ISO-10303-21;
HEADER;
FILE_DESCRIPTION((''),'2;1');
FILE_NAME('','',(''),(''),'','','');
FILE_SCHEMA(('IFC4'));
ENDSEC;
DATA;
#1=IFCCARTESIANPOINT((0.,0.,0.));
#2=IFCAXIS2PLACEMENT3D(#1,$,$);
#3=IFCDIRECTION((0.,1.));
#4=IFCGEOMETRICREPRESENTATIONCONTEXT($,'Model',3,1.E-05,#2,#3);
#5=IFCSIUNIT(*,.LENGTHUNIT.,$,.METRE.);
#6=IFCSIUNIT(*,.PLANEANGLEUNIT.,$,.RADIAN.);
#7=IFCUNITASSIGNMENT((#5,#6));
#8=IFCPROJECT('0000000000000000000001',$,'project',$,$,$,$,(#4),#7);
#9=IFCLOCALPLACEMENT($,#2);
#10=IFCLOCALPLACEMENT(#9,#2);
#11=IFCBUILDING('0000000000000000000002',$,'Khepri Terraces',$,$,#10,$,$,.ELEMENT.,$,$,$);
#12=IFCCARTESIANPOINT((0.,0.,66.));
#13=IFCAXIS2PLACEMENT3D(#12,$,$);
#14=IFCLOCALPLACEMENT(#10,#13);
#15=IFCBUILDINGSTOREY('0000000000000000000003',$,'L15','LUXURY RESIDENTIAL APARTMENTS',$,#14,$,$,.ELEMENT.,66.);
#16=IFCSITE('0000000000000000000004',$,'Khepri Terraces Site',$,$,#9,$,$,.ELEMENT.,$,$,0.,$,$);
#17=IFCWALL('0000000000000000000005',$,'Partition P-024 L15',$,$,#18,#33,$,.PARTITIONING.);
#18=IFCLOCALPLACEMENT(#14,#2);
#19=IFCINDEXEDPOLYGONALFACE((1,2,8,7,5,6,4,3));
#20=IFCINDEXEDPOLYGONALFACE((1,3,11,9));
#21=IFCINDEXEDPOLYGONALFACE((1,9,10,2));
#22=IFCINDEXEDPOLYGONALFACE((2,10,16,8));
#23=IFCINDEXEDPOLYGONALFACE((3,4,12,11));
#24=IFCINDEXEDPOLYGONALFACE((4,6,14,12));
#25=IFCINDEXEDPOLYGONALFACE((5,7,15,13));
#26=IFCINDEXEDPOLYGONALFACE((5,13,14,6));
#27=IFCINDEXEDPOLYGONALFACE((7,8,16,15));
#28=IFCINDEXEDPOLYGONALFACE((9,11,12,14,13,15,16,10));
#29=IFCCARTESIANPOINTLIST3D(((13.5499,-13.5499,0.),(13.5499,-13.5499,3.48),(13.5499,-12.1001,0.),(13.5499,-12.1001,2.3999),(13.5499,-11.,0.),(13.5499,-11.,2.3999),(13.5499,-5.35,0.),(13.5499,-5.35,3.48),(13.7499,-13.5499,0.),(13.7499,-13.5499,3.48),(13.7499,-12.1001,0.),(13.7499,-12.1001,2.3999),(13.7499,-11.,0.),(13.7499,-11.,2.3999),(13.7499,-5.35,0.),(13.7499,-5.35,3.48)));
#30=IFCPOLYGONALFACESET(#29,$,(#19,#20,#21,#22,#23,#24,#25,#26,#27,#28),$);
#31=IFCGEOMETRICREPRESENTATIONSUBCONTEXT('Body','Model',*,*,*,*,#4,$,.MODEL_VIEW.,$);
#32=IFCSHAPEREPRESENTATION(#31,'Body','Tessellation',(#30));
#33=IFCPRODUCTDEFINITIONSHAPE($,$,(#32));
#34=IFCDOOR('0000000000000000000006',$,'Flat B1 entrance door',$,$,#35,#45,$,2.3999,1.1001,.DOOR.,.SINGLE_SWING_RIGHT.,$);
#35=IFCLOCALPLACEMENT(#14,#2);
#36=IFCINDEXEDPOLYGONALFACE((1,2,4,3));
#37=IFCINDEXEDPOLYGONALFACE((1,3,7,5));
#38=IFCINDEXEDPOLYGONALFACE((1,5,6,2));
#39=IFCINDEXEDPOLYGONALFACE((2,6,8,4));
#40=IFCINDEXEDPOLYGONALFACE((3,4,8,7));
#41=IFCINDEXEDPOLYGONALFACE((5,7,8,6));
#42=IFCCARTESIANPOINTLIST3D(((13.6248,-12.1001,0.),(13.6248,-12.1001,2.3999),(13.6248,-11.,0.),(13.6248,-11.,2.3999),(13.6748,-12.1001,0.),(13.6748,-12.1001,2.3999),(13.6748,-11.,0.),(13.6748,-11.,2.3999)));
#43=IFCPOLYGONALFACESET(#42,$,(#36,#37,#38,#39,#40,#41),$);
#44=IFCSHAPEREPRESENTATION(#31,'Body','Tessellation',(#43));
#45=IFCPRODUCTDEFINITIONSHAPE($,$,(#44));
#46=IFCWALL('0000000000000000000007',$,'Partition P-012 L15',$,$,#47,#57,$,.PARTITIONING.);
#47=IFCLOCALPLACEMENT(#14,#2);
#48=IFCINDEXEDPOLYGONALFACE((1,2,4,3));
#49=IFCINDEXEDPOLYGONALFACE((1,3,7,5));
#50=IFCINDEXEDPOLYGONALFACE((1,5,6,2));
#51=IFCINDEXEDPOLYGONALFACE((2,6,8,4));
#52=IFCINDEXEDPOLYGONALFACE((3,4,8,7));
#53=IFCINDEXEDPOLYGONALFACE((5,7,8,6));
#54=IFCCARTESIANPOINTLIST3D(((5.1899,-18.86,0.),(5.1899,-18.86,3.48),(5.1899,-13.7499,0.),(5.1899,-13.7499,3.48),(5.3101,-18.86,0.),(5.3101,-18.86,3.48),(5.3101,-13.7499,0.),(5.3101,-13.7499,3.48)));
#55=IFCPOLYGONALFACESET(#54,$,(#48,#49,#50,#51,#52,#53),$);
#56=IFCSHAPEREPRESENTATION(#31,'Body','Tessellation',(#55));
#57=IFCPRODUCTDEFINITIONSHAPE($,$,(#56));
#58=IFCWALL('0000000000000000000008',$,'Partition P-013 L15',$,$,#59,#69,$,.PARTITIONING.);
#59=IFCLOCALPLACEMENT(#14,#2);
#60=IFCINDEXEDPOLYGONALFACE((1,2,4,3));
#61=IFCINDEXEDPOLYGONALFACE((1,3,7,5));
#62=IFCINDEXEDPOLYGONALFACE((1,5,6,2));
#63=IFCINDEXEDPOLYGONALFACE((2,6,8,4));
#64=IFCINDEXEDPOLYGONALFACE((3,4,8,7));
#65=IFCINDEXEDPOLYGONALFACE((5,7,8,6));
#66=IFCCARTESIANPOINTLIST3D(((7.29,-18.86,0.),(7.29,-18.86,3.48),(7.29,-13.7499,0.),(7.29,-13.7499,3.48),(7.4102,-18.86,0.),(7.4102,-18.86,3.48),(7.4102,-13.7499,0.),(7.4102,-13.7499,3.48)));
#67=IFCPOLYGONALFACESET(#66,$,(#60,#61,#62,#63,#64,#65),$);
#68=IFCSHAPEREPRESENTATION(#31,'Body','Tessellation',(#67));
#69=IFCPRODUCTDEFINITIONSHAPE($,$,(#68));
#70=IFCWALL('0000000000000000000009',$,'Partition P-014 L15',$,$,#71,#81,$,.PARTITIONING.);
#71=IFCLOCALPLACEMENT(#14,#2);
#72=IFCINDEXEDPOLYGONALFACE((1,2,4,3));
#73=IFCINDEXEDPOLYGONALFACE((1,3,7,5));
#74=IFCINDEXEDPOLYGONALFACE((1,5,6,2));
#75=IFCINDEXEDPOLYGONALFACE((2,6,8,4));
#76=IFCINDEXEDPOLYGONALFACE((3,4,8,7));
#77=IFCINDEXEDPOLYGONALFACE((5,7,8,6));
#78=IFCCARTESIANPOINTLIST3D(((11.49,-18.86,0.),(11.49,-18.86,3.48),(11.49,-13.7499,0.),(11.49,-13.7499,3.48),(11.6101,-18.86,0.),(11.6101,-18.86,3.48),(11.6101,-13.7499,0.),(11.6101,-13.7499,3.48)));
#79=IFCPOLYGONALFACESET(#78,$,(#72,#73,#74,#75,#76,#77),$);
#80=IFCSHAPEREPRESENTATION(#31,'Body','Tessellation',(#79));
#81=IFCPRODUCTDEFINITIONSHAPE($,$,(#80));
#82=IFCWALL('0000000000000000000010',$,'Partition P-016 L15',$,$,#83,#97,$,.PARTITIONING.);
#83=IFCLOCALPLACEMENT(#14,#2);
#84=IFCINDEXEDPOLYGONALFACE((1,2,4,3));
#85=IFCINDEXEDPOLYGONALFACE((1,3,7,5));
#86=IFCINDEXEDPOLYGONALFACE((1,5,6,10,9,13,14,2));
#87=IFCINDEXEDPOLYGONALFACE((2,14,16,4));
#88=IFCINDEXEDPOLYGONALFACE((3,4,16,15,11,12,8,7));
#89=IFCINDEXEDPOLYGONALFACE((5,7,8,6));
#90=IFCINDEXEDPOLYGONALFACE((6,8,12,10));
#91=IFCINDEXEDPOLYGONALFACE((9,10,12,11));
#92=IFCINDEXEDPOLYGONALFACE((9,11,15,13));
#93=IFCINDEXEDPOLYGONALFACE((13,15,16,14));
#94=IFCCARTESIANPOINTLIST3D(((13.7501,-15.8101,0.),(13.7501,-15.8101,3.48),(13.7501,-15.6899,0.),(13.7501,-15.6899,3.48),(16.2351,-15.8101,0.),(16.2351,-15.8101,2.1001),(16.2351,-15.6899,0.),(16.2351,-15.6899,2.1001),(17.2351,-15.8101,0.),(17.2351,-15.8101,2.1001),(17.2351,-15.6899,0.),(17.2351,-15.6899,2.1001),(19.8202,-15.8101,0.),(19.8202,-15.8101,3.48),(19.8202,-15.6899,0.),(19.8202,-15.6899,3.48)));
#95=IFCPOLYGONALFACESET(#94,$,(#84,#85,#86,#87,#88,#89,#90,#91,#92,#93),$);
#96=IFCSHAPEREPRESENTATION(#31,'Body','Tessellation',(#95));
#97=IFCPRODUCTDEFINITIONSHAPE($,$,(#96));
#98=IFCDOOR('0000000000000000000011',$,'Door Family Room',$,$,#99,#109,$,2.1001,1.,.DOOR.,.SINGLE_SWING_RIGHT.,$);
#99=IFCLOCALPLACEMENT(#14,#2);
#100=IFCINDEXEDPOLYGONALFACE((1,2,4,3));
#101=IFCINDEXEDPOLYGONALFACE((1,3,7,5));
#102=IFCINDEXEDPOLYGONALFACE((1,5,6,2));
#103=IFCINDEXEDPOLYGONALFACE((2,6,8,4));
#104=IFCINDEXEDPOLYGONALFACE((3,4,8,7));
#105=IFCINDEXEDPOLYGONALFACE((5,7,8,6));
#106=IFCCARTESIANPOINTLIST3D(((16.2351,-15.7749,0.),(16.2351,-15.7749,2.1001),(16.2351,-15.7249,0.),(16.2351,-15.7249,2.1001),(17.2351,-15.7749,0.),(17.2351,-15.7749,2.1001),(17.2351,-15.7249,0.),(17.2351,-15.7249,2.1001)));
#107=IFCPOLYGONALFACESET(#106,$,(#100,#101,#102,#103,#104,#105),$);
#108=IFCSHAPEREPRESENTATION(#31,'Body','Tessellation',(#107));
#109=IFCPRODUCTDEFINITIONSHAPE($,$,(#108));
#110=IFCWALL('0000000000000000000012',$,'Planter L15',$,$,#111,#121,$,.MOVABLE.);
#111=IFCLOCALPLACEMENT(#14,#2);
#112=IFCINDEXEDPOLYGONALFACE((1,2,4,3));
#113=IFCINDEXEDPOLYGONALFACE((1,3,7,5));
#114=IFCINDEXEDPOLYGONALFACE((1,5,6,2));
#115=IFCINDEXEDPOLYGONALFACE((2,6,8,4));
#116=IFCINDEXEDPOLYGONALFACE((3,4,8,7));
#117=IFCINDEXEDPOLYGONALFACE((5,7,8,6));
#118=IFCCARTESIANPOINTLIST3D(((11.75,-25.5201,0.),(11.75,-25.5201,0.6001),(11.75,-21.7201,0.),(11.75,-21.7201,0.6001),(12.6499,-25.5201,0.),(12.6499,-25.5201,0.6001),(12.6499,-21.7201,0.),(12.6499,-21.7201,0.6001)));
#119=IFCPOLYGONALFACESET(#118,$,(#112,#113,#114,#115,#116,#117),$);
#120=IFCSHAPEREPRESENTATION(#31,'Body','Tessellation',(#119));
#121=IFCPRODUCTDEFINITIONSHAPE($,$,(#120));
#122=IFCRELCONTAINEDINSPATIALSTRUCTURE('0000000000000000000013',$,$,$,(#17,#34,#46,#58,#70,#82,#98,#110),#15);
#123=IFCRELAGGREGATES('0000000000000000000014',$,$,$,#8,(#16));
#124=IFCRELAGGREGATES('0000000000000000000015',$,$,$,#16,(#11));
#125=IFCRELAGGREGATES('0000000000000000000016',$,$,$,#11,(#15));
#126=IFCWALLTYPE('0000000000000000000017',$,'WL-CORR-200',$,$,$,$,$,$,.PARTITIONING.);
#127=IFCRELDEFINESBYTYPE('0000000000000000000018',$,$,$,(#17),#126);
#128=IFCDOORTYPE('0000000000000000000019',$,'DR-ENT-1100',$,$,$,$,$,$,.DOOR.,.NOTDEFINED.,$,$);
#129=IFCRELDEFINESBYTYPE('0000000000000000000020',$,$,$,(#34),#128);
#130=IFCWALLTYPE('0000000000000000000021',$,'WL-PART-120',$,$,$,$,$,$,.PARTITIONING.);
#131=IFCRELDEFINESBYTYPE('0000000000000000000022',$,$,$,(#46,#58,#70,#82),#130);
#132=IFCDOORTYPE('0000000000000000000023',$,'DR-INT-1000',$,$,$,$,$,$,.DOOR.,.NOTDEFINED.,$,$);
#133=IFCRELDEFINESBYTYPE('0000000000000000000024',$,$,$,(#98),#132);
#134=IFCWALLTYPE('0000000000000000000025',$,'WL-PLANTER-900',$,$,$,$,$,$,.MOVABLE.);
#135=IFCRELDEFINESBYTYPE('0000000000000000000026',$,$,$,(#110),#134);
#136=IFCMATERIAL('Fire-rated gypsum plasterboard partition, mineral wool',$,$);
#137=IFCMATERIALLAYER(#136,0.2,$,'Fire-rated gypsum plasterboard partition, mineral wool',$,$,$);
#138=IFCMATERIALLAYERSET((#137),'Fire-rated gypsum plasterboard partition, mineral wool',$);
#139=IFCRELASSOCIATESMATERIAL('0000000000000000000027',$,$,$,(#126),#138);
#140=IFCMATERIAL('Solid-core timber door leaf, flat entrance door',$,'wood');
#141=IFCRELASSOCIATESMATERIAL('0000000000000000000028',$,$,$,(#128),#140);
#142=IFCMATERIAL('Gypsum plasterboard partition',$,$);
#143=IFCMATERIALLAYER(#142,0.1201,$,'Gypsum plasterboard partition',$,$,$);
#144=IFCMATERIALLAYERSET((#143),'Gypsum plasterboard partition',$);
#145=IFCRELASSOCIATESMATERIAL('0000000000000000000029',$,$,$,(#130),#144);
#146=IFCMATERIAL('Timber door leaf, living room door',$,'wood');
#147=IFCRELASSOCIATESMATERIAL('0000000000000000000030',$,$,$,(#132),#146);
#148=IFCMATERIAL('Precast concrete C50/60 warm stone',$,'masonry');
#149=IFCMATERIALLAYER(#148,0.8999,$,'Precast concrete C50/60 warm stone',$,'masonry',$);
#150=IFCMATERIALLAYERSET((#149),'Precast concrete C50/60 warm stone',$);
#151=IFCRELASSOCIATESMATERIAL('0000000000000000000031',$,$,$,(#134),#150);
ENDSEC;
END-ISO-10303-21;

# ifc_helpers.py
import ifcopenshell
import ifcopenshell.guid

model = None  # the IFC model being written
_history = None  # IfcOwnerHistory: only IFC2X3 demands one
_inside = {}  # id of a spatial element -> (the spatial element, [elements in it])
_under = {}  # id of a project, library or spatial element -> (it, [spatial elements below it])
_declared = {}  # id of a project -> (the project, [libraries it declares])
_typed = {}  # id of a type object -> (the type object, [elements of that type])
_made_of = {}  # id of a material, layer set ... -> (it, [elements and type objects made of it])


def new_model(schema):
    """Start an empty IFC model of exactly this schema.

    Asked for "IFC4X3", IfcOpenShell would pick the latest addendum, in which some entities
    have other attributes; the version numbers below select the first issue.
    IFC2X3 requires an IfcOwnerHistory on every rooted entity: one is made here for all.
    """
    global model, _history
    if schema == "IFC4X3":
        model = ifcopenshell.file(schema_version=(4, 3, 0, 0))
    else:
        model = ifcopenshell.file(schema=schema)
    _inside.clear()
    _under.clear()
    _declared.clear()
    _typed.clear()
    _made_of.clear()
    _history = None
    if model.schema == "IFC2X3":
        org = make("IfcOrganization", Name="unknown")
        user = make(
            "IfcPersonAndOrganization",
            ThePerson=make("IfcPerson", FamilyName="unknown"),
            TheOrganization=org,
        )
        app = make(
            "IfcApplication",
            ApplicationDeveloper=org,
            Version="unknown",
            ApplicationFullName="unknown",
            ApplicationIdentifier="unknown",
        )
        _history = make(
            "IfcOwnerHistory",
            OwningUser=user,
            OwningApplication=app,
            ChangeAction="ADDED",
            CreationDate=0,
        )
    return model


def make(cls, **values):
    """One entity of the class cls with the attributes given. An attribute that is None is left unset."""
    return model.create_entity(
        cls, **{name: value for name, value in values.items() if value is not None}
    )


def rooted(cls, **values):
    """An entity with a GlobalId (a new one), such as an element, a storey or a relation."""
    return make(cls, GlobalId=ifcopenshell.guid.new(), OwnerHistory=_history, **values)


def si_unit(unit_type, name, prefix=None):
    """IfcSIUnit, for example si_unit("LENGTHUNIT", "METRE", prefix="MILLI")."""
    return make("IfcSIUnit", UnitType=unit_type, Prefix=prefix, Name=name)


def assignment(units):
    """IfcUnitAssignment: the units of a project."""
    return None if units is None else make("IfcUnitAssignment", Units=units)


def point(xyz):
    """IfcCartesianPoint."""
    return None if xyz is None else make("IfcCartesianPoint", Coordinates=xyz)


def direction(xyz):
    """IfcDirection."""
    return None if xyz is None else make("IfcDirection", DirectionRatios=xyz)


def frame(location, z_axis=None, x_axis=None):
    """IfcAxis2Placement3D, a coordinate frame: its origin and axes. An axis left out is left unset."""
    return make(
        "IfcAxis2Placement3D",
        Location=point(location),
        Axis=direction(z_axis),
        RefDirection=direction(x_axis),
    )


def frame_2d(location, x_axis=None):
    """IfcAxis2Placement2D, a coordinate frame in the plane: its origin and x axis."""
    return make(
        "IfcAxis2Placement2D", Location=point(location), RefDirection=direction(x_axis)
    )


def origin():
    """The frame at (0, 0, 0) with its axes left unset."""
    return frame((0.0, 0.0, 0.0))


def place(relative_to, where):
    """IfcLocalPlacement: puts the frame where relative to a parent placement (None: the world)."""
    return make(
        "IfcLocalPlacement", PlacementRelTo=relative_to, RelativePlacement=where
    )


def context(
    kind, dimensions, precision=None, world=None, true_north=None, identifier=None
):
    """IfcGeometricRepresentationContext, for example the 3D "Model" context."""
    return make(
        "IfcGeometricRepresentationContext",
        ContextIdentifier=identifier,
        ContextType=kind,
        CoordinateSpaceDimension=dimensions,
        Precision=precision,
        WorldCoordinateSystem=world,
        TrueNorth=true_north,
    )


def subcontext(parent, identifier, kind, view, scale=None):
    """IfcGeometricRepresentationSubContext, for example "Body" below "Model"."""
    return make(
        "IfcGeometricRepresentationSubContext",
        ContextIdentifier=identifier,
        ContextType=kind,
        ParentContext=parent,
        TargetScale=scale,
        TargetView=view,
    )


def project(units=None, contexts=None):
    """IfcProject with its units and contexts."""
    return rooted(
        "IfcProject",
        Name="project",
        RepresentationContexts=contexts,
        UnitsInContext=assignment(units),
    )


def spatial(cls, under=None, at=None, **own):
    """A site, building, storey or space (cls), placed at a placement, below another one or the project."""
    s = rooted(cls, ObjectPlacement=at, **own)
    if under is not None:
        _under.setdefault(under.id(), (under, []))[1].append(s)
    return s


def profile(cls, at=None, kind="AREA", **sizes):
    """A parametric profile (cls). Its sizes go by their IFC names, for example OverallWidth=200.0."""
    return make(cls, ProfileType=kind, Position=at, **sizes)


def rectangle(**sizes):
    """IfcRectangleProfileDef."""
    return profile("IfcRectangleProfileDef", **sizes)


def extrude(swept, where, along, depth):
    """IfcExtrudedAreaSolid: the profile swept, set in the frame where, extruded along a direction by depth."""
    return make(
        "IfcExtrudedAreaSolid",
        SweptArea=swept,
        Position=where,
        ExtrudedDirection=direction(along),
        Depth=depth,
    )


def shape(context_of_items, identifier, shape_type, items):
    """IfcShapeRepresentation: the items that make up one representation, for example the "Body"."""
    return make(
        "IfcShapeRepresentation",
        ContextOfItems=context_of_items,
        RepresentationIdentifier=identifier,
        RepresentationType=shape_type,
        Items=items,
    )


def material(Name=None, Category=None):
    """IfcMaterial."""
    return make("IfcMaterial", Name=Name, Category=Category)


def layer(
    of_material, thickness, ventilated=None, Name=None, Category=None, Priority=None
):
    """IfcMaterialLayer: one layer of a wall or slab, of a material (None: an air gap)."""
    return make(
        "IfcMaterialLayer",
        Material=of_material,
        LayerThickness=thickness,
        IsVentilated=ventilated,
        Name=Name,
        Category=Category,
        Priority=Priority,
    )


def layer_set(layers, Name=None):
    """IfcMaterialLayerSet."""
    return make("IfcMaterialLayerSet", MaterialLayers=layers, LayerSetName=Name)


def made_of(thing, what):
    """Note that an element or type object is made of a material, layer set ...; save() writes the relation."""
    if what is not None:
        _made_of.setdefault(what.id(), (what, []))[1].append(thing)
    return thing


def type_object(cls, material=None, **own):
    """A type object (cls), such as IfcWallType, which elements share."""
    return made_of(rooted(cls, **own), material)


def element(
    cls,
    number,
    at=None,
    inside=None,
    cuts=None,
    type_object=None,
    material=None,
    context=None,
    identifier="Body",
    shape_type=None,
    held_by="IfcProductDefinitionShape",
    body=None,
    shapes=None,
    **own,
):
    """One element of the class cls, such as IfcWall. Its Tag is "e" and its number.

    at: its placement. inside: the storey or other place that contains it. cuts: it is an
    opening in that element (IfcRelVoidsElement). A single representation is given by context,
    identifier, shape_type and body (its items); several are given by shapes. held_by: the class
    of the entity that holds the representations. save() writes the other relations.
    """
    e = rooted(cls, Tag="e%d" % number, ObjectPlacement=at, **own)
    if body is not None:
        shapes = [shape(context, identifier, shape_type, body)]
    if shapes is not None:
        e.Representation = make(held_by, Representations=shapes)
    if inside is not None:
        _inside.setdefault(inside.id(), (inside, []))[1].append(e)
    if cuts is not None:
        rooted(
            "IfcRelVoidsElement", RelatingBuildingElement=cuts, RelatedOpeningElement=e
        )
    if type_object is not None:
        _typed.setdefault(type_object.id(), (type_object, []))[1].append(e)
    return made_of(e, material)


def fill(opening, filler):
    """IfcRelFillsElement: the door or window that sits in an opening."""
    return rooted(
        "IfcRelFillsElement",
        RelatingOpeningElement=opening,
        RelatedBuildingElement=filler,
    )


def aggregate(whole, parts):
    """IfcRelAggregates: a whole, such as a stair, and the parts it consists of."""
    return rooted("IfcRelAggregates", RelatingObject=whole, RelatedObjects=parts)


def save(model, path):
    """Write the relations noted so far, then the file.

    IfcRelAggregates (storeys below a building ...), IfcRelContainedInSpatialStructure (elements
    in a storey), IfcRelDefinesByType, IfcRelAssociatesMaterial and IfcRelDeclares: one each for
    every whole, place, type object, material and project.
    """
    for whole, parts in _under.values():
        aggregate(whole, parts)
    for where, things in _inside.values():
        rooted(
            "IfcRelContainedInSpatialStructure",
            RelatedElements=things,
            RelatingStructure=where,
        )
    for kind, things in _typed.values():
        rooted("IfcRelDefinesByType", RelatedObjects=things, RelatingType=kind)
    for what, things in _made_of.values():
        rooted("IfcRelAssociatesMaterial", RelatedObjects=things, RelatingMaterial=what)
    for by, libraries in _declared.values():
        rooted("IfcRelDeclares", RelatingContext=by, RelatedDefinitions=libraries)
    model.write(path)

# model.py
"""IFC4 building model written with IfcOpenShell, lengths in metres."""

from ifc_helpers import new_model, si_unit, direction, frame, frame_2d, origin, place, context, subcontext, project, spatial, rectangle, extrude, material, layer, layer_set, type_object, element, fill, save


model = new_model("IFC4")

# Units and contexts
model_context = context("Model", 3, precision=1e-05, world=origin(), true_north=direction((0.0, 1.0)))
body_context = subcontext(model_context, "Body", "Model", "MODEL_VIEW")
ifc_project = project(units=[si_unit("LENGTHUNIT", "METRE"), si_unit("PLANEANGLEUNIT", "RADIAN")], contexts=[model_context])

# Site, building, storey
site_placement = place(None, origin())
site = spatial("IfcSite", under=ifc_project, at=site_placement, Name="Khepri Terraces Site", CompositionType="ELEMENT", RefElevation=0.0)
building_placement = place(site_placement, origin())
building = spatial("IfcBuilding", under=site, at=building_placement, Name="Khepri Terraces", CompositionType="ELEMENT")
storey_placement = place(building_placement, frame((0.0, 0.0, 66.0)))
storey = spatial("IfcBuildingStorey", under=building, at=storey_placement, Name="L15", Description="LUXURY RESIDENTIAL APARTMENTS", CompositionType="ELEMENT", Elevation=66.0)

# Shared definitions
ifc_material_1 = material(Name="Fire-rated gypsum plasterboard partition, mineral wool")
ifc_layer_1 = layer(ifc_material_1, 0.2, Name="Fire-rated gypsum plasterboard partition, mineral wool")
ifc_layer_set_1 = layer_set([ifc_layer_1], Name="Fire-rated gypsum plasterboard partition, mineral wool")
wall_type_1 = type_object("IfcWallType", Name="WL-CORR-200", PredefinedType="PARTITIONING", material=ifc_layer_set_1)

# Wall, opening, door
wall_1_placement = place(storey_placement, frame((13.6499, -13.55, 0.0), z_axis=(0.0, 0.0, 1.0), x_axis=(0.0, 1.0, 0.0)))
wall_1 = element("IfcWall", 1, at=wall_1_placement, inside=storey, type_object=wall_type_1, Name="Partition P-024 L15", PredefinedType="PARTITIONING", context=body_context, shape_type="SweptSolid", body=[
    extrude(rectangle(XDim=8.2, YDim=0.2, at=frame_2d((4.1001, 0.0))), origin(), (0.0, 0.0, 1.0), 3.48),
])
opening_1_placement = place(wall_1_placement, frame((1.45, 0.0, 0.0)))
opening_1 = element("IfcOpeningElement", 2, at=opening_1_placement, cuts=wall_1, PredefinedType="OPENING", context=body_context, shape_type="SweptSolid", body=[
    extrude(rectangle(XDim=1.1001, YDim=2.3999, at=frame_2d((0.55, 1.2))), frame((0.0, 0.1099, 0.0), z_axis=(0.0, -1.0, 0.0), x_axis=(1.0, 0.0, 0.0)), (0.0, 0.0, 1.0), 0.22),
])
ifc_material_2 = material(Name="Solid-core timber door leaf, flat entrance door", Category="wood")
door_type_1 = type_object("IfcDoorType", Name="DR-ENT-1100", OperationType="NOTDEFINED", PredefinedType="DOOR", material=ifc_material_2)
door_1_placement = place(opening_1_placement, frame((1.1001, 0.0, 0.0), z_axis=(0.0, 0.0, 1.0), x_axis=(-1.0, 0.0, 0.0)))
door_1 = element("IfcDoor", 3, at=door_1_placement, inside=storey, type_object=door_type_1, Name="Flat B1 entrance door", OperationType="SINGLE_SWING_RIGHT", OverallHeight=2.3999, OverallWidth=1.1001, PredefinedType="DOOR", context=body_context, shape_type="SweptSolid", body=[
    extrude(rectangle(XDim=1.1001, YDim=2.3999, at=frame_2d((0.55, 1.2))), frame((0.0, 0.0249, 0.0), z_axis=(0.0, -1.0, 0.0), x_axis=(1.0, 0.0, 0.0)), (0.0, 0.0, 1.0), 0.05),
])
fill(opening_1, door_1)

# Walls
ifc_material_3 = material(Name="Gypsum plasterboard partition")
ifc_layer_2 = layer(ifc_material_3, 0.1201, Name="Gypsum plasterboard partition")
ifc_layer_set_2 = layer_set([ifc_layer_2], Name="Gypsum plasterboard partition")
wall_type_2 = type_object("IfcWallType", Name="WL-PART-120", PredefinedType="PARTITIONING", material=ifc_layer_set_2)
for number, where, z_axis, x_axis, name in (
    (4, (5.25, -18.8601, 0.0), (0.0, 0.0, 1.0), (0.0, 1.0, 0.0), "Partition P-012 L15"),
    (5, (7.3501, -18.8601, 0.0), (0.0, 0.0, 1.0), (0.0, 1.0, 0.0), "Partition P-013 L15"),
    (6, (11.55, -18.8601, 0.0), (0.0, 0.0, 1.0), (0.0, 1.0, 0.0), "Partition P-014 L15"),
):
    element("IfcWall", number, at=place(storey_placement, frame(where, z_axis=z_axis, x_axis=x_axis)), inside=storey, type_object=wall_type_2, Name=name, PredefinedType="PARTITIONING", context=body_context, shape_type="SweptSolid", body=[
        extrude(rectangle(XDim=5.1101, YDim=0.1201, at=frame_2d((2.5552, 0.0))), origin(), (0.0, 0.0, 1.0), 3.48),
    ])

# Wall, opening, door
wall_2_placement = place(storey_placement, frame((13.75, -15.75, 0.0), z_axis=(0.0, 0.0, 1.0), x_axis=(1.0, 0.0, 0.0)))
wall_2 = element("IfcWall", 7, at=wall_2_placement, inside=storey, type_object=wall_type_2, Name="Partition P-016 L15", PredefinedType="PARTITIONING", context=body_context, shape_type="SweptSolid", body=[
    extrude(rectangle(XDim=6.0701, YDim=0.1201, at=frame_2d((3.0352, 0.0))), origin(), (0.0, 0.0, 1.0), 3.48),
])
opening_2_placement = place(wall_2_placement, frame((2.4851, 0.0, 0.0)))
opening_2 = element("IfcOpeningElement", 8, at=opening_2_placement, cuts=wall_2, PredefinedType="OPENING", context=body_context, shape_type="SweptSolid", body=[
    extrude(rectangle(XDim=1.0, YDim=2.1001, at=frame_2d((0.5, 1.05))), frame((0.0, 0.0701, 0.0), z_axis=(0.0, -1.0, 0.0), x_axis=(1.0, 0.0, 0.0)), (0.0, 0.0, 1.0), 0.1401),
])
ifc_material_4 = material(Name="Timber door leaf, living room door", Category="wood")
door_type_2 = type_object("IfcDoorType", Name="DR-INT-1000", OperationType="NOTDEFINED", PredefinedType="DOOR", material=ifc_material_4)
door_2_placement = place(opening_2_placement, frame((1.0, 0.0, 0.0), z_axis=(0.0, 0.0, 1.0), x_axis=(-1.0, 0.0, 0.0)))
door_2 = element("IfcDoor", 9, at=door_2_placement, inside=storey, type_object=door_type_2, Name="Door Family Room", OperationType="SINGLE_SWING_RIGHT", OverallHeight=2.1001, OverallWidth=1.0, PredefinedType="DOOR", context=body_context, shape_type="SweptSolid", body=[
    extrude(rectangle(XDim=1.0, YDim=2.1001, at=frame_2d((0.5, 1.05))), frame((0.0, 0.0249, 0.0), z_axis=(0.0, -1.0, 0.0), x_axis=(1.0, 0.0, 0.0)), (0.0, 0.0, 1.0), 0.05),
])
fill(opening_2, door_2)

# Wall
ifc_material_5 = material(Name="Precast concrete C50/60 warm stone", Category="masonry")
ifc_layer_3 = layer(ifc_material_5, 0.8999, Name="Precast concrete C50/60 warm stone", Category="masonry")
ifc_layer_set_3 = layer_set([ifc_layer_3], Name="Precast concrete C50/60 warm stone")
wall_type_3 = type_object("IfcWallType", Name="WL-PLANTER-900", PredefinedType="MOVABLE", material=ifc_layer_set_3)
wall_3_placement = place(storey_placement, frame((12.2, -25.52, 0.0), z_axis=(0.0, 0.0, 1.0), x_axis=(0.0, 1.0, 0.0)))
element("IfcWall", 10, at=wall_3_placement, inside=storey, type_object=wall_type_3, Name="Planter L15", PredefinedType="MOVABLE", context=body_context, shape_type="SweptSolid", body=[
    extrude(rectangle(XDim=3.8, YDim=0.8999, at=frame_2d((1.8999, 0.0))), origin(), (0.0, 0.0, 1.0), 0.6001),
])

save(model, "model.ifc")
